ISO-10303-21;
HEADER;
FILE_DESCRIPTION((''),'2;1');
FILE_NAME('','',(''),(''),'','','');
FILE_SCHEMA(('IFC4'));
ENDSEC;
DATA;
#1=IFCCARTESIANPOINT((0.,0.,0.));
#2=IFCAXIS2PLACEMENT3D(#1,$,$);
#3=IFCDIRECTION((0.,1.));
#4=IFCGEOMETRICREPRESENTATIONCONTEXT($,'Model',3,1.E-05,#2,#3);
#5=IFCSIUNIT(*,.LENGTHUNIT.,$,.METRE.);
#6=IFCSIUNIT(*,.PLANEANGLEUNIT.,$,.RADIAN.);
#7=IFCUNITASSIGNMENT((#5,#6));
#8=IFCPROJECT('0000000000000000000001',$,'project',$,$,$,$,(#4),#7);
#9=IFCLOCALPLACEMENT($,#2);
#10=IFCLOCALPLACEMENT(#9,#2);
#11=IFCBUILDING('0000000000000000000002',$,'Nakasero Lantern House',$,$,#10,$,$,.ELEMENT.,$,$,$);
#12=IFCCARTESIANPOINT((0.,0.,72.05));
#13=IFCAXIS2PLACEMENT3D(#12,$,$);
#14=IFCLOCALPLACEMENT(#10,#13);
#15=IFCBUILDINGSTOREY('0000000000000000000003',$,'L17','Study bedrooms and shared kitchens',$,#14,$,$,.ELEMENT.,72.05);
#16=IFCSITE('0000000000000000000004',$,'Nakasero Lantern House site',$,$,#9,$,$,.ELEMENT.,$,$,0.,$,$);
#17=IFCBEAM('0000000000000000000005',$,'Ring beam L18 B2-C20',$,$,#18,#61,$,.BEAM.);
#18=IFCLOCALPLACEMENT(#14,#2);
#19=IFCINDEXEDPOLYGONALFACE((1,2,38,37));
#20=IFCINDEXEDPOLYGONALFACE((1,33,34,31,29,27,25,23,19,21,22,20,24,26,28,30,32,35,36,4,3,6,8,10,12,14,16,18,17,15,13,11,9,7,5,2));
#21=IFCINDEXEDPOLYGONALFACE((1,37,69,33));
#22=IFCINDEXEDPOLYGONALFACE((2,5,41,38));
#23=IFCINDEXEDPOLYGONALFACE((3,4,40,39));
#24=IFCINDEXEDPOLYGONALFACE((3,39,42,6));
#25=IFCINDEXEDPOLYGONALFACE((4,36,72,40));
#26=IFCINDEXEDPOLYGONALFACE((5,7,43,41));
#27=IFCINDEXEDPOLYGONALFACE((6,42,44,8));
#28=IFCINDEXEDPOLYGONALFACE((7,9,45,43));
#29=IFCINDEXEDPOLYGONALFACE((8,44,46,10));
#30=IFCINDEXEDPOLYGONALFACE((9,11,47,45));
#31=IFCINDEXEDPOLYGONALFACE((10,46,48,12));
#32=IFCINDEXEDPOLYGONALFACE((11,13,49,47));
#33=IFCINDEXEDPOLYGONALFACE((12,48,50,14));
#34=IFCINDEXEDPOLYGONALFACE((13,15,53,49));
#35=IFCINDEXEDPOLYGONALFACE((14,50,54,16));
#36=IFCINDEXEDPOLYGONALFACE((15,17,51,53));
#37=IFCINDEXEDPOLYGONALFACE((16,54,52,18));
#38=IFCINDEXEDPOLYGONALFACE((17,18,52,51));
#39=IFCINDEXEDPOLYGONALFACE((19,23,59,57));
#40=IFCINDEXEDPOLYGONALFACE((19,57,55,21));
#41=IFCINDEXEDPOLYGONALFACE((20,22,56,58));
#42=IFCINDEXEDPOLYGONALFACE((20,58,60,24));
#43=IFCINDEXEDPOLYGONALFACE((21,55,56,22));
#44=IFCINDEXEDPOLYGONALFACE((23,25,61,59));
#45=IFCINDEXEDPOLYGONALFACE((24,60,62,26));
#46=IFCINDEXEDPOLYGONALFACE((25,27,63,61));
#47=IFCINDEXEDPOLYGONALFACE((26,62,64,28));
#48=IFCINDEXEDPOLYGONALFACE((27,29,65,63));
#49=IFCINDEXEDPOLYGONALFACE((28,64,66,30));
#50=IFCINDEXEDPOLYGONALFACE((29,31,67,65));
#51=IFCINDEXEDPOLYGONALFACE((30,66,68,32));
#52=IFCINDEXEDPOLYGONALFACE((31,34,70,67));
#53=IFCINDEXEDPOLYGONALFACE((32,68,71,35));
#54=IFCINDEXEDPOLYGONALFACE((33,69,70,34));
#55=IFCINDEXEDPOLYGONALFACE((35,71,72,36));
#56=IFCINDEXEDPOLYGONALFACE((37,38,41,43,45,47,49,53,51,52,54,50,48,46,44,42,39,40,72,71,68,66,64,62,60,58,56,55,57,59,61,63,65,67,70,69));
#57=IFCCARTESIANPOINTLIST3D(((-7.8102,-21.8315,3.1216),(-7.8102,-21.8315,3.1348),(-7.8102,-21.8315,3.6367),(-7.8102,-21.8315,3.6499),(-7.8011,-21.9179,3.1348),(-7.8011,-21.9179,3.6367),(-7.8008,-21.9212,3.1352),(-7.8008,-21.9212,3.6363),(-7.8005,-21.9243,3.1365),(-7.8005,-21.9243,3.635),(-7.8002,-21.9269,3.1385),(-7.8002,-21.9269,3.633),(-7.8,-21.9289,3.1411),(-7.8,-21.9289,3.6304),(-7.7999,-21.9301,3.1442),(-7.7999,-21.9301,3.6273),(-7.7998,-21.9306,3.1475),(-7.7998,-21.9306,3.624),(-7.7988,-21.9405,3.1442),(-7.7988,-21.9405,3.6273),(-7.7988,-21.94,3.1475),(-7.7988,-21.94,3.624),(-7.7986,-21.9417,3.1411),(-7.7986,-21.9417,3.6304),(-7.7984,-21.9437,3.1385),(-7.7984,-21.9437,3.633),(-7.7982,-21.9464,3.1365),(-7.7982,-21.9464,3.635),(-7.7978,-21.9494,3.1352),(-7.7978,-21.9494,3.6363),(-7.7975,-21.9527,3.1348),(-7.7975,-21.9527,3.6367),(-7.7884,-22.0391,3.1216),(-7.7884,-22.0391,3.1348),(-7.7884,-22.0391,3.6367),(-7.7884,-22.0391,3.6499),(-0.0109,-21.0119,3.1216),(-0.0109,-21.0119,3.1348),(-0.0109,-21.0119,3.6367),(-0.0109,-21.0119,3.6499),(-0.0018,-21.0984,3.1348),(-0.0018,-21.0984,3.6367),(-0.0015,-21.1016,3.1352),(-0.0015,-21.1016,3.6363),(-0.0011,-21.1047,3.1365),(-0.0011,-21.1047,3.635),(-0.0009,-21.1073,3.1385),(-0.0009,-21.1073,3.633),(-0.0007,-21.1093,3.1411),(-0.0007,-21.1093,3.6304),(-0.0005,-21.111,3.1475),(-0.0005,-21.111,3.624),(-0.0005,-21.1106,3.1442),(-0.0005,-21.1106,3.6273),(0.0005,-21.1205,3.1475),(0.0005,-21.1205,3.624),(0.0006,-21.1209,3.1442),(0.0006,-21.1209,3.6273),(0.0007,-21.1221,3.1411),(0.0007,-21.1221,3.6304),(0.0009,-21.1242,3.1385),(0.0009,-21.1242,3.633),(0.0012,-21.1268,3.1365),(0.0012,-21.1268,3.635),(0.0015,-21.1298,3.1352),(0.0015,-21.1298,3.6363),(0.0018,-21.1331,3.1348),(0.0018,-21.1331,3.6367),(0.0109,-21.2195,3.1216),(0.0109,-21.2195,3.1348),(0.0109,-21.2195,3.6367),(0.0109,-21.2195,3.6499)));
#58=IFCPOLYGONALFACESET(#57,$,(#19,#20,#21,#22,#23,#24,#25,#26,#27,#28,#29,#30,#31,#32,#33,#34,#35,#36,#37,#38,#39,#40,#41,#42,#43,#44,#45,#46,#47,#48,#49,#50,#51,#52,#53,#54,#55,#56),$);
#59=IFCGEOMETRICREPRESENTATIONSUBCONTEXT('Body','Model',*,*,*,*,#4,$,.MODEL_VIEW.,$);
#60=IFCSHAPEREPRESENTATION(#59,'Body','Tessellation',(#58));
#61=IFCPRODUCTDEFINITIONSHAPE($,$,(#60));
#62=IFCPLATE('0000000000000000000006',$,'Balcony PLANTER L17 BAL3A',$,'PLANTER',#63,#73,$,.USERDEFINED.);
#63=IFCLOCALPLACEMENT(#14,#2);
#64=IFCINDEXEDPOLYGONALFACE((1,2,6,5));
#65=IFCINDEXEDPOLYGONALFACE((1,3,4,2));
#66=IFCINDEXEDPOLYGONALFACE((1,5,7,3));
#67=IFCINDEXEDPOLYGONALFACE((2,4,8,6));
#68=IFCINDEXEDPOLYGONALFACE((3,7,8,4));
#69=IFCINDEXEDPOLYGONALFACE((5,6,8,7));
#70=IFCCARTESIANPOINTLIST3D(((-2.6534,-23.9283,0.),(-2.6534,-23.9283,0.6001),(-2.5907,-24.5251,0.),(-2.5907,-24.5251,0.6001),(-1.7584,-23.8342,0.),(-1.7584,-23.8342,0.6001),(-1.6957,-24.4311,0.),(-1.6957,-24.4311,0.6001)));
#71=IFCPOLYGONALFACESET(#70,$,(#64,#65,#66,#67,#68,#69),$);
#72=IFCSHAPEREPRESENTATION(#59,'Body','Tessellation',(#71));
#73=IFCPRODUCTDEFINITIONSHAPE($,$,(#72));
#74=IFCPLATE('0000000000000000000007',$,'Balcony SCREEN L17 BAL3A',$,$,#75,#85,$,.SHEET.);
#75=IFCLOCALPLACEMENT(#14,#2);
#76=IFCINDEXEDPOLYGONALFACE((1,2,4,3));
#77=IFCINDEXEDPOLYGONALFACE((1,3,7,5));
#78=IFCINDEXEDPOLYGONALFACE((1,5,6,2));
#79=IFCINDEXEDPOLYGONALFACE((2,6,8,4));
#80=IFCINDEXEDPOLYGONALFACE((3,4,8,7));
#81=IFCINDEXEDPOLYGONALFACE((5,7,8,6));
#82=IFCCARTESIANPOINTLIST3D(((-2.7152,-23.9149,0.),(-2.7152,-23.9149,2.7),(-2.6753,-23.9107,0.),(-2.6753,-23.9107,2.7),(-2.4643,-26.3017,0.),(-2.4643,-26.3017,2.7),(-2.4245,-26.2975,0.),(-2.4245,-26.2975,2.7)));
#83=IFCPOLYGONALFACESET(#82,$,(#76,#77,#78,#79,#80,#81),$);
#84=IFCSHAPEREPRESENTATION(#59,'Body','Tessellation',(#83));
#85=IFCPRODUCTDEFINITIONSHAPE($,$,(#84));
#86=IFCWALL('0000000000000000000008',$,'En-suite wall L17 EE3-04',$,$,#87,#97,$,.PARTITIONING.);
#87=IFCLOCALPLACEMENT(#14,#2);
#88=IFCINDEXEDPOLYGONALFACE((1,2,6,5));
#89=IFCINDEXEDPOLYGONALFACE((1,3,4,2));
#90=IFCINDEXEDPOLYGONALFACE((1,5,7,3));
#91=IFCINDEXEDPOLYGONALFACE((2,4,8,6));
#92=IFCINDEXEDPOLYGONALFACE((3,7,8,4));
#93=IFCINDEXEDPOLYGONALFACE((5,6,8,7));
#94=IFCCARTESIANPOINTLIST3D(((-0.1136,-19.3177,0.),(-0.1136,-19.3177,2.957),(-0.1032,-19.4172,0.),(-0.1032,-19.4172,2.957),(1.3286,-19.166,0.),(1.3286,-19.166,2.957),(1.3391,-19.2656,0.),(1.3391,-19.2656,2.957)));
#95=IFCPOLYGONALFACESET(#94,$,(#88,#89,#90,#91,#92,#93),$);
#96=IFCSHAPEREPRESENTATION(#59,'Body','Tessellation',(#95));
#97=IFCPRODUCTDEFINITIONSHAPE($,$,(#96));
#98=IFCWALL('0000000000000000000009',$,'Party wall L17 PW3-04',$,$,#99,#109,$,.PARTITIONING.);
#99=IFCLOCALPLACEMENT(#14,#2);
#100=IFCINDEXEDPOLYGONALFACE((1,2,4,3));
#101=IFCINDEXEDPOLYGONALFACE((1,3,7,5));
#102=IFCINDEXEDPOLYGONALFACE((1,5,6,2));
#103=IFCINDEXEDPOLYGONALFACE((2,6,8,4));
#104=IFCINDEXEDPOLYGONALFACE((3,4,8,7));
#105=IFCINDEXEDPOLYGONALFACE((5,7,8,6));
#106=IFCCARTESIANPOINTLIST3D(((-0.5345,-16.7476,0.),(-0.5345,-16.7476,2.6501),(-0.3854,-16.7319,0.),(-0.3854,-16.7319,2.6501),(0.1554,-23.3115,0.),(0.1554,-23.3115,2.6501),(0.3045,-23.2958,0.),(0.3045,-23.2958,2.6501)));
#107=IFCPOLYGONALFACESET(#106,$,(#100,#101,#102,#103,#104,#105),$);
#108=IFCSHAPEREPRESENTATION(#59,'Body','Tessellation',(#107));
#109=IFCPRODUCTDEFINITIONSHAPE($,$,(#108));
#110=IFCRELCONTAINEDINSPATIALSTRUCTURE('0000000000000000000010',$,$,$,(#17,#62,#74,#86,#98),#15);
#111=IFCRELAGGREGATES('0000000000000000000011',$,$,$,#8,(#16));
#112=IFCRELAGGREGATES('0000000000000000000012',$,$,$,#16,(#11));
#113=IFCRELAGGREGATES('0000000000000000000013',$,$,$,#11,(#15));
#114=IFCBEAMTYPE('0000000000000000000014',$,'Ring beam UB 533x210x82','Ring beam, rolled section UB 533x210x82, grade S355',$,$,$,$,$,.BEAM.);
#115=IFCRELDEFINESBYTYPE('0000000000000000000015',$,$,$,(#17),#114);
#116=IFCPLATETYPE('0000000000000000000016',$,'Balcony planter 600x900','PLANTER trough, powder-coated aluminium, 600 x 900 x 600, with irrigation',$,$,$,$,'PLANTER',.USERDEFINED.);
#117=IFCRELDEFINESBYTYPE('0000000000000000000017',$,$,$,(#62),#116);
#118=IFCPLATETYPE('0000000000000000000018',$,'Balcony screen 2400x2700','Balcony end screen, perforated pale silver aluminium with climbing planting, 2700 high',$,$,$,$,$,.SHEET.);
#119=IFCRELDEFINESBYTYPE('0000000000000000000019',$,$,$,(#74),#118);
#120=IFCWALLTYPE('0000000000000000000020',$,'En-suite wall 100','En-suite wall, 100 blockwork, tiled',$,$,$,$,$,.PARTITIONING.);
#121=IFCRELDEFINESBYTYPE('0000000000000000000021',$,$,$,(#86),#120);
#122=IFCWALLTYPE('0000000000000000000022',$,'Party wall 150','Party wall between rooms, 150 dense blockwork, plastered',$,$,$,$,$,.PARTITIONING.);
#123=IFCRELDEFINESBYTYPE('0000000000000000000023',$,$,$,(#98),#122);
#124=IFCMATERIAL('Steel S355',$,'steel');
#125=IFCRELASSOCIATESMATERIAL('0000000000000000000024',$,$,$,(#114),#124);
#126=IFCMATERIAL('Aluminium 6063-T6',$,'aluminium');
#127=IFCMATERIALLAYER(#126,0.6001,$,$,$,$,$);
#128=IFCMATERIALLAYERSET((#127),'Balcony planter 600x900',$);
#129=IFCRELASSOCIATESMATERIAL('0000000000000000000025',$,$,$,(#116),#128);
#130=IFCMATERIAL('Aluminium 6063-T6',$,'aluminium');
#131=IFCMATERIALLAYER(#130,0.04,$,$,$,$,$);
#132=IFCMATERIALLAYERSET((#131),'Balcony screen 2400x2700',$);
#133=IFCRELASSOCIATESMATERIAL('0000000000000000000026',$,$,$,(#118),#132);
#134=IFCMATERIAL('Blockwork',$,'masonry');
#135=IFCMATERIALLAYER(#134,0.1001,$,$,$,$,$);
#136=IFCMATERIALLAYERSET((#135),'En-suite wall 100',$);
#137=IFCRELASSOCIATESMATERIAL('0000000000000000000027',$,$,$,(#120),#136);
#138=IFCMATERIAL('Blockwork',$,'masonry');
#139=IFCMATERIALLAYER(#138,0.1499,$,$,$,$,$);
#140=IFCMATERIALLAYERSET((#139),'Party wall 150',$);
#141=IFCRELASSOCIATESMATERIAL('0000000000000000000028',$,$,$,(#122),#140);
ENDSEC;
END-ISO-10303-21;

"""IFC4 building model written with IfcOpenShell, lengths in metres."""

from ifc_helpers import new_model, si_unit, direction, frame, frame_2d, origin, origin_2d, place, context, subcontext, project, spatial, rectangle, i_section, extrude, material, layer, layer_set, material_profile, profile_set, type_object, element, save


model = new_model("IFC4")

# Units and contexts
model_context = context("Model", 3, precision=1e-05, world=origin(), true_north=direction((0.0, 1.0)))
body_context = subcontext(model_context, "Body", "Model", "MODEL_VIEW")
ifc_project = project(units=[si_unit("LENGTHUNIT", "METRE"), si_unit("PLANEANGLEUNIT", "RADIAN")], contexts=[model_context])

# Site, building, storey
site_placement = place(None, origin())
site = spatial("IfcSite", under=ifc_project, at=site_placement, Name="Nakasero Lantern House site", CompositionType="ELEMENT", RefElevation=0.0)
building_placement = place(site_placement, origin())
building = spatial("IfcBuilding", under=site, at=building_placement, Name="Nakasero Lantern House", CompositionType="ELEMENT")
storey_placement = place(building_placement, frame((0.0, 0.0, 72.05)))
storey = spatial("IfcBuildingStorey", under=building, at=storey_placement, Name="L17", Description="Study bedrooms and shared kitchens", CompositionType="ELEMENT", Elevation=72.05)

# Beam
ifc_material_1 = material(Name="Steel S355", Category="steel")
ifc_material_profile_1 = material_profile(ifc_material_1, i_section(OverallWidth=0.2087, OverallDepth=0.5283, WebThickness=0.0095, FlangeThickness=0.0132, FilletRadius=0.0127, at=origin_2d()), Name="UB 533x210x82")
ifc_profile_set_1 = profile_set([ifc_material_profile_1], Name="Steel S355")
beam_type_1 = type_object("IfcBeamType", Name="Ring beam UB 533x210x82", Description="Ring beam, rolled section UB 533x210x82, grade S355", PredefinedType="BEAM", material=ifc_profile_set_1)
beam_1_placement = place(storey_placement, frame((-7.7993, -21.9353, 3.3857), z_axis=(0.994524, 0.104508, 0.0), x_axis=(-0.104508, 0.994524, 0.0)))
element("IfcBeam", 1, at=beam_1_placement, inside=storey, type_object=beam_type_1, Name="Ring beam L18 B2-C20", PredefinedType="BEAM", context=body_context, shape_type="SweptSolid", body=[
    extrude(i_section(OverallWidth=0.2087, OverallDepth=0.5283, WebThickness=0.0095, FlangeThickness=0.0132, FilletRadius=0.0127, at=origin_2d()), origin(), (0.0, 0.0, 1.0), 7.8423),
])

# Plates
ifc_material_2 = material(Name="Aluminium 6063-T6", Category="aluminium")
ifc_layer_1 = layer(ifc_material_2, 0.6001)
ifc_layer_set_1 = layer_set([ifc_layer_1], Name="Balcony planter 600x900")
plate_type_1 = type_object("IfcPlateType", Name="Balcony planter 600x900", Description="PLANTER trough, powder-coated aluminium, 600 x 900 x 600, with irrigation", ElementType="PLANTER", PredefinedType="USERDEFINED", material=ifc_layer_set_1)
plate_1_placement = place(storey_placement, frame((-2.1746, -24.1797, 0.0), z_axis=(0.0, 0.0, 1.0), x_axis=(0.104528, -0.994522, 0.0)))
element("IfcPlate", 2, at=plate_1_placement, inside=storey, type_object=plate_type_1, Name="Balcony PLANTER L17 BAL3A", ObjectType="PLANTER", PredefinedType="USERDEFINED", context=body_context, shape_type="SweptSolid", body=[
    extrude(rectangle(XDim=0.6001, YDim=0.8999, at=origin_2d()), origin(), (0.0, 0.0, 1.0), 0.6001),
])
ifc_material_3 = material(Name="Aluminium 6063-T6", Category="aluminium")
ifc_layer_2 = layer(ifc_material_3, 0.04)
ifc_layer_set_2 = layer_set([ifc_layer_2], Name="Balcony screen 2400x2700")
plate_type_2 = type_object("IfcPlateType", Name="Balcony screen 2400x2700", Description="Balcony end screen, perforated pale silver aluminium with climbing planting, 2700 high", PredefinedType="SHEET", material=ifc_layer_set_2)
plate_2_placement = place(storey_placement, frame((-2.5698, -25.1062, 0.0), z_axis=(0.0, 0.0, 1.0), x_axis=(0.104528, -0.994522, 0.0)))
element("IfcPlate", 3, at=plate_2_placement, inside=storey, type_object=plate_type_2, Name="Balcony SCREEN L17 BAL3A", PredefinedType="SHEET", context=body_context, shape_type="SweptSolid", body=[
    extrude(rectangle(XDim=2.3999, YDim=0.04, at=origin_2d()), origin(), (0.0, 0.0, 1.0), 2.7),
])

# Walls
ifc_material_4 = material(Name="Blockwork", Category="masonry")
ifc_layer_3 = layer(ifc_material_4, 0.1001)
ifc_layer_set_3 = layer_set([ifc_layer_3], Name="En-suite wall 100")
wall_type_1 = type_object("IfcWallType", Name="En-suite wall 100", Description="En-suite wall, 100 blockwork, tiled", PredefinedType="PARTITIONING", material=ifc_layer_set_3)
wall_1_placement = place(storey_placement, frame((-0.1084, -19.3674, 0.0), z_axis=(0.0, 0.0, 1.0), x_axis=(0.994519, 0.104553, 0.0)))
element("IfcWall", 4, at=wall_1_placement, inside=storey, type_object=wall_type_1, Name="En-suite wall L17 EE3-04", PredefinedType="PARTITIONING", context=body_context, shape_type="SweptSolid", body=[
    extrude(rectangle(XDim=1.4502, YDim=0.1001, at=frame_2d((0.7251, 0.0))), origin(), (0.0, 0.0, 1.0), 2.957),
])
ifc_material_5 = material(Name="Blockwork", Category="masonry")
ifc_layer_4 = layer(ifc_material_5, 0.1499)
ifc_layer_set_4 = layer_set([ifc_layer_4], Name="Party wall 150")
wall_type_2 = type_object("IfcWallType", Name="Party wall 150", Description="Party wall between rooms, 150 dense blockwork, plastered", PredefinedType="PARTITIONING", material=ifc_layer_set_4)
wall_2_placement = place(storey_placement, frame((-0.46, -16.7397, 0.0), z_axis=(0.0, 0.0, 1.0), x_axis=(0.104535, -0.994521, 0.0)))
element("IfcWall", 5, at=wall_2_placement, inside=storey, type_object=wall_type_2, Name="Party wall L17 PW3-04", PredefinedType="PARTITIONING", context=body_context, shape_type="SweptSolid", body=[
    extrude(rectangle(XDim=6.6001, YDim=0.1499, at=frame_2d((3.3, 0.0))), origin(), (0.0, 0.0, 1.0), 2.6501),
])

save(model, "model.ifc")
